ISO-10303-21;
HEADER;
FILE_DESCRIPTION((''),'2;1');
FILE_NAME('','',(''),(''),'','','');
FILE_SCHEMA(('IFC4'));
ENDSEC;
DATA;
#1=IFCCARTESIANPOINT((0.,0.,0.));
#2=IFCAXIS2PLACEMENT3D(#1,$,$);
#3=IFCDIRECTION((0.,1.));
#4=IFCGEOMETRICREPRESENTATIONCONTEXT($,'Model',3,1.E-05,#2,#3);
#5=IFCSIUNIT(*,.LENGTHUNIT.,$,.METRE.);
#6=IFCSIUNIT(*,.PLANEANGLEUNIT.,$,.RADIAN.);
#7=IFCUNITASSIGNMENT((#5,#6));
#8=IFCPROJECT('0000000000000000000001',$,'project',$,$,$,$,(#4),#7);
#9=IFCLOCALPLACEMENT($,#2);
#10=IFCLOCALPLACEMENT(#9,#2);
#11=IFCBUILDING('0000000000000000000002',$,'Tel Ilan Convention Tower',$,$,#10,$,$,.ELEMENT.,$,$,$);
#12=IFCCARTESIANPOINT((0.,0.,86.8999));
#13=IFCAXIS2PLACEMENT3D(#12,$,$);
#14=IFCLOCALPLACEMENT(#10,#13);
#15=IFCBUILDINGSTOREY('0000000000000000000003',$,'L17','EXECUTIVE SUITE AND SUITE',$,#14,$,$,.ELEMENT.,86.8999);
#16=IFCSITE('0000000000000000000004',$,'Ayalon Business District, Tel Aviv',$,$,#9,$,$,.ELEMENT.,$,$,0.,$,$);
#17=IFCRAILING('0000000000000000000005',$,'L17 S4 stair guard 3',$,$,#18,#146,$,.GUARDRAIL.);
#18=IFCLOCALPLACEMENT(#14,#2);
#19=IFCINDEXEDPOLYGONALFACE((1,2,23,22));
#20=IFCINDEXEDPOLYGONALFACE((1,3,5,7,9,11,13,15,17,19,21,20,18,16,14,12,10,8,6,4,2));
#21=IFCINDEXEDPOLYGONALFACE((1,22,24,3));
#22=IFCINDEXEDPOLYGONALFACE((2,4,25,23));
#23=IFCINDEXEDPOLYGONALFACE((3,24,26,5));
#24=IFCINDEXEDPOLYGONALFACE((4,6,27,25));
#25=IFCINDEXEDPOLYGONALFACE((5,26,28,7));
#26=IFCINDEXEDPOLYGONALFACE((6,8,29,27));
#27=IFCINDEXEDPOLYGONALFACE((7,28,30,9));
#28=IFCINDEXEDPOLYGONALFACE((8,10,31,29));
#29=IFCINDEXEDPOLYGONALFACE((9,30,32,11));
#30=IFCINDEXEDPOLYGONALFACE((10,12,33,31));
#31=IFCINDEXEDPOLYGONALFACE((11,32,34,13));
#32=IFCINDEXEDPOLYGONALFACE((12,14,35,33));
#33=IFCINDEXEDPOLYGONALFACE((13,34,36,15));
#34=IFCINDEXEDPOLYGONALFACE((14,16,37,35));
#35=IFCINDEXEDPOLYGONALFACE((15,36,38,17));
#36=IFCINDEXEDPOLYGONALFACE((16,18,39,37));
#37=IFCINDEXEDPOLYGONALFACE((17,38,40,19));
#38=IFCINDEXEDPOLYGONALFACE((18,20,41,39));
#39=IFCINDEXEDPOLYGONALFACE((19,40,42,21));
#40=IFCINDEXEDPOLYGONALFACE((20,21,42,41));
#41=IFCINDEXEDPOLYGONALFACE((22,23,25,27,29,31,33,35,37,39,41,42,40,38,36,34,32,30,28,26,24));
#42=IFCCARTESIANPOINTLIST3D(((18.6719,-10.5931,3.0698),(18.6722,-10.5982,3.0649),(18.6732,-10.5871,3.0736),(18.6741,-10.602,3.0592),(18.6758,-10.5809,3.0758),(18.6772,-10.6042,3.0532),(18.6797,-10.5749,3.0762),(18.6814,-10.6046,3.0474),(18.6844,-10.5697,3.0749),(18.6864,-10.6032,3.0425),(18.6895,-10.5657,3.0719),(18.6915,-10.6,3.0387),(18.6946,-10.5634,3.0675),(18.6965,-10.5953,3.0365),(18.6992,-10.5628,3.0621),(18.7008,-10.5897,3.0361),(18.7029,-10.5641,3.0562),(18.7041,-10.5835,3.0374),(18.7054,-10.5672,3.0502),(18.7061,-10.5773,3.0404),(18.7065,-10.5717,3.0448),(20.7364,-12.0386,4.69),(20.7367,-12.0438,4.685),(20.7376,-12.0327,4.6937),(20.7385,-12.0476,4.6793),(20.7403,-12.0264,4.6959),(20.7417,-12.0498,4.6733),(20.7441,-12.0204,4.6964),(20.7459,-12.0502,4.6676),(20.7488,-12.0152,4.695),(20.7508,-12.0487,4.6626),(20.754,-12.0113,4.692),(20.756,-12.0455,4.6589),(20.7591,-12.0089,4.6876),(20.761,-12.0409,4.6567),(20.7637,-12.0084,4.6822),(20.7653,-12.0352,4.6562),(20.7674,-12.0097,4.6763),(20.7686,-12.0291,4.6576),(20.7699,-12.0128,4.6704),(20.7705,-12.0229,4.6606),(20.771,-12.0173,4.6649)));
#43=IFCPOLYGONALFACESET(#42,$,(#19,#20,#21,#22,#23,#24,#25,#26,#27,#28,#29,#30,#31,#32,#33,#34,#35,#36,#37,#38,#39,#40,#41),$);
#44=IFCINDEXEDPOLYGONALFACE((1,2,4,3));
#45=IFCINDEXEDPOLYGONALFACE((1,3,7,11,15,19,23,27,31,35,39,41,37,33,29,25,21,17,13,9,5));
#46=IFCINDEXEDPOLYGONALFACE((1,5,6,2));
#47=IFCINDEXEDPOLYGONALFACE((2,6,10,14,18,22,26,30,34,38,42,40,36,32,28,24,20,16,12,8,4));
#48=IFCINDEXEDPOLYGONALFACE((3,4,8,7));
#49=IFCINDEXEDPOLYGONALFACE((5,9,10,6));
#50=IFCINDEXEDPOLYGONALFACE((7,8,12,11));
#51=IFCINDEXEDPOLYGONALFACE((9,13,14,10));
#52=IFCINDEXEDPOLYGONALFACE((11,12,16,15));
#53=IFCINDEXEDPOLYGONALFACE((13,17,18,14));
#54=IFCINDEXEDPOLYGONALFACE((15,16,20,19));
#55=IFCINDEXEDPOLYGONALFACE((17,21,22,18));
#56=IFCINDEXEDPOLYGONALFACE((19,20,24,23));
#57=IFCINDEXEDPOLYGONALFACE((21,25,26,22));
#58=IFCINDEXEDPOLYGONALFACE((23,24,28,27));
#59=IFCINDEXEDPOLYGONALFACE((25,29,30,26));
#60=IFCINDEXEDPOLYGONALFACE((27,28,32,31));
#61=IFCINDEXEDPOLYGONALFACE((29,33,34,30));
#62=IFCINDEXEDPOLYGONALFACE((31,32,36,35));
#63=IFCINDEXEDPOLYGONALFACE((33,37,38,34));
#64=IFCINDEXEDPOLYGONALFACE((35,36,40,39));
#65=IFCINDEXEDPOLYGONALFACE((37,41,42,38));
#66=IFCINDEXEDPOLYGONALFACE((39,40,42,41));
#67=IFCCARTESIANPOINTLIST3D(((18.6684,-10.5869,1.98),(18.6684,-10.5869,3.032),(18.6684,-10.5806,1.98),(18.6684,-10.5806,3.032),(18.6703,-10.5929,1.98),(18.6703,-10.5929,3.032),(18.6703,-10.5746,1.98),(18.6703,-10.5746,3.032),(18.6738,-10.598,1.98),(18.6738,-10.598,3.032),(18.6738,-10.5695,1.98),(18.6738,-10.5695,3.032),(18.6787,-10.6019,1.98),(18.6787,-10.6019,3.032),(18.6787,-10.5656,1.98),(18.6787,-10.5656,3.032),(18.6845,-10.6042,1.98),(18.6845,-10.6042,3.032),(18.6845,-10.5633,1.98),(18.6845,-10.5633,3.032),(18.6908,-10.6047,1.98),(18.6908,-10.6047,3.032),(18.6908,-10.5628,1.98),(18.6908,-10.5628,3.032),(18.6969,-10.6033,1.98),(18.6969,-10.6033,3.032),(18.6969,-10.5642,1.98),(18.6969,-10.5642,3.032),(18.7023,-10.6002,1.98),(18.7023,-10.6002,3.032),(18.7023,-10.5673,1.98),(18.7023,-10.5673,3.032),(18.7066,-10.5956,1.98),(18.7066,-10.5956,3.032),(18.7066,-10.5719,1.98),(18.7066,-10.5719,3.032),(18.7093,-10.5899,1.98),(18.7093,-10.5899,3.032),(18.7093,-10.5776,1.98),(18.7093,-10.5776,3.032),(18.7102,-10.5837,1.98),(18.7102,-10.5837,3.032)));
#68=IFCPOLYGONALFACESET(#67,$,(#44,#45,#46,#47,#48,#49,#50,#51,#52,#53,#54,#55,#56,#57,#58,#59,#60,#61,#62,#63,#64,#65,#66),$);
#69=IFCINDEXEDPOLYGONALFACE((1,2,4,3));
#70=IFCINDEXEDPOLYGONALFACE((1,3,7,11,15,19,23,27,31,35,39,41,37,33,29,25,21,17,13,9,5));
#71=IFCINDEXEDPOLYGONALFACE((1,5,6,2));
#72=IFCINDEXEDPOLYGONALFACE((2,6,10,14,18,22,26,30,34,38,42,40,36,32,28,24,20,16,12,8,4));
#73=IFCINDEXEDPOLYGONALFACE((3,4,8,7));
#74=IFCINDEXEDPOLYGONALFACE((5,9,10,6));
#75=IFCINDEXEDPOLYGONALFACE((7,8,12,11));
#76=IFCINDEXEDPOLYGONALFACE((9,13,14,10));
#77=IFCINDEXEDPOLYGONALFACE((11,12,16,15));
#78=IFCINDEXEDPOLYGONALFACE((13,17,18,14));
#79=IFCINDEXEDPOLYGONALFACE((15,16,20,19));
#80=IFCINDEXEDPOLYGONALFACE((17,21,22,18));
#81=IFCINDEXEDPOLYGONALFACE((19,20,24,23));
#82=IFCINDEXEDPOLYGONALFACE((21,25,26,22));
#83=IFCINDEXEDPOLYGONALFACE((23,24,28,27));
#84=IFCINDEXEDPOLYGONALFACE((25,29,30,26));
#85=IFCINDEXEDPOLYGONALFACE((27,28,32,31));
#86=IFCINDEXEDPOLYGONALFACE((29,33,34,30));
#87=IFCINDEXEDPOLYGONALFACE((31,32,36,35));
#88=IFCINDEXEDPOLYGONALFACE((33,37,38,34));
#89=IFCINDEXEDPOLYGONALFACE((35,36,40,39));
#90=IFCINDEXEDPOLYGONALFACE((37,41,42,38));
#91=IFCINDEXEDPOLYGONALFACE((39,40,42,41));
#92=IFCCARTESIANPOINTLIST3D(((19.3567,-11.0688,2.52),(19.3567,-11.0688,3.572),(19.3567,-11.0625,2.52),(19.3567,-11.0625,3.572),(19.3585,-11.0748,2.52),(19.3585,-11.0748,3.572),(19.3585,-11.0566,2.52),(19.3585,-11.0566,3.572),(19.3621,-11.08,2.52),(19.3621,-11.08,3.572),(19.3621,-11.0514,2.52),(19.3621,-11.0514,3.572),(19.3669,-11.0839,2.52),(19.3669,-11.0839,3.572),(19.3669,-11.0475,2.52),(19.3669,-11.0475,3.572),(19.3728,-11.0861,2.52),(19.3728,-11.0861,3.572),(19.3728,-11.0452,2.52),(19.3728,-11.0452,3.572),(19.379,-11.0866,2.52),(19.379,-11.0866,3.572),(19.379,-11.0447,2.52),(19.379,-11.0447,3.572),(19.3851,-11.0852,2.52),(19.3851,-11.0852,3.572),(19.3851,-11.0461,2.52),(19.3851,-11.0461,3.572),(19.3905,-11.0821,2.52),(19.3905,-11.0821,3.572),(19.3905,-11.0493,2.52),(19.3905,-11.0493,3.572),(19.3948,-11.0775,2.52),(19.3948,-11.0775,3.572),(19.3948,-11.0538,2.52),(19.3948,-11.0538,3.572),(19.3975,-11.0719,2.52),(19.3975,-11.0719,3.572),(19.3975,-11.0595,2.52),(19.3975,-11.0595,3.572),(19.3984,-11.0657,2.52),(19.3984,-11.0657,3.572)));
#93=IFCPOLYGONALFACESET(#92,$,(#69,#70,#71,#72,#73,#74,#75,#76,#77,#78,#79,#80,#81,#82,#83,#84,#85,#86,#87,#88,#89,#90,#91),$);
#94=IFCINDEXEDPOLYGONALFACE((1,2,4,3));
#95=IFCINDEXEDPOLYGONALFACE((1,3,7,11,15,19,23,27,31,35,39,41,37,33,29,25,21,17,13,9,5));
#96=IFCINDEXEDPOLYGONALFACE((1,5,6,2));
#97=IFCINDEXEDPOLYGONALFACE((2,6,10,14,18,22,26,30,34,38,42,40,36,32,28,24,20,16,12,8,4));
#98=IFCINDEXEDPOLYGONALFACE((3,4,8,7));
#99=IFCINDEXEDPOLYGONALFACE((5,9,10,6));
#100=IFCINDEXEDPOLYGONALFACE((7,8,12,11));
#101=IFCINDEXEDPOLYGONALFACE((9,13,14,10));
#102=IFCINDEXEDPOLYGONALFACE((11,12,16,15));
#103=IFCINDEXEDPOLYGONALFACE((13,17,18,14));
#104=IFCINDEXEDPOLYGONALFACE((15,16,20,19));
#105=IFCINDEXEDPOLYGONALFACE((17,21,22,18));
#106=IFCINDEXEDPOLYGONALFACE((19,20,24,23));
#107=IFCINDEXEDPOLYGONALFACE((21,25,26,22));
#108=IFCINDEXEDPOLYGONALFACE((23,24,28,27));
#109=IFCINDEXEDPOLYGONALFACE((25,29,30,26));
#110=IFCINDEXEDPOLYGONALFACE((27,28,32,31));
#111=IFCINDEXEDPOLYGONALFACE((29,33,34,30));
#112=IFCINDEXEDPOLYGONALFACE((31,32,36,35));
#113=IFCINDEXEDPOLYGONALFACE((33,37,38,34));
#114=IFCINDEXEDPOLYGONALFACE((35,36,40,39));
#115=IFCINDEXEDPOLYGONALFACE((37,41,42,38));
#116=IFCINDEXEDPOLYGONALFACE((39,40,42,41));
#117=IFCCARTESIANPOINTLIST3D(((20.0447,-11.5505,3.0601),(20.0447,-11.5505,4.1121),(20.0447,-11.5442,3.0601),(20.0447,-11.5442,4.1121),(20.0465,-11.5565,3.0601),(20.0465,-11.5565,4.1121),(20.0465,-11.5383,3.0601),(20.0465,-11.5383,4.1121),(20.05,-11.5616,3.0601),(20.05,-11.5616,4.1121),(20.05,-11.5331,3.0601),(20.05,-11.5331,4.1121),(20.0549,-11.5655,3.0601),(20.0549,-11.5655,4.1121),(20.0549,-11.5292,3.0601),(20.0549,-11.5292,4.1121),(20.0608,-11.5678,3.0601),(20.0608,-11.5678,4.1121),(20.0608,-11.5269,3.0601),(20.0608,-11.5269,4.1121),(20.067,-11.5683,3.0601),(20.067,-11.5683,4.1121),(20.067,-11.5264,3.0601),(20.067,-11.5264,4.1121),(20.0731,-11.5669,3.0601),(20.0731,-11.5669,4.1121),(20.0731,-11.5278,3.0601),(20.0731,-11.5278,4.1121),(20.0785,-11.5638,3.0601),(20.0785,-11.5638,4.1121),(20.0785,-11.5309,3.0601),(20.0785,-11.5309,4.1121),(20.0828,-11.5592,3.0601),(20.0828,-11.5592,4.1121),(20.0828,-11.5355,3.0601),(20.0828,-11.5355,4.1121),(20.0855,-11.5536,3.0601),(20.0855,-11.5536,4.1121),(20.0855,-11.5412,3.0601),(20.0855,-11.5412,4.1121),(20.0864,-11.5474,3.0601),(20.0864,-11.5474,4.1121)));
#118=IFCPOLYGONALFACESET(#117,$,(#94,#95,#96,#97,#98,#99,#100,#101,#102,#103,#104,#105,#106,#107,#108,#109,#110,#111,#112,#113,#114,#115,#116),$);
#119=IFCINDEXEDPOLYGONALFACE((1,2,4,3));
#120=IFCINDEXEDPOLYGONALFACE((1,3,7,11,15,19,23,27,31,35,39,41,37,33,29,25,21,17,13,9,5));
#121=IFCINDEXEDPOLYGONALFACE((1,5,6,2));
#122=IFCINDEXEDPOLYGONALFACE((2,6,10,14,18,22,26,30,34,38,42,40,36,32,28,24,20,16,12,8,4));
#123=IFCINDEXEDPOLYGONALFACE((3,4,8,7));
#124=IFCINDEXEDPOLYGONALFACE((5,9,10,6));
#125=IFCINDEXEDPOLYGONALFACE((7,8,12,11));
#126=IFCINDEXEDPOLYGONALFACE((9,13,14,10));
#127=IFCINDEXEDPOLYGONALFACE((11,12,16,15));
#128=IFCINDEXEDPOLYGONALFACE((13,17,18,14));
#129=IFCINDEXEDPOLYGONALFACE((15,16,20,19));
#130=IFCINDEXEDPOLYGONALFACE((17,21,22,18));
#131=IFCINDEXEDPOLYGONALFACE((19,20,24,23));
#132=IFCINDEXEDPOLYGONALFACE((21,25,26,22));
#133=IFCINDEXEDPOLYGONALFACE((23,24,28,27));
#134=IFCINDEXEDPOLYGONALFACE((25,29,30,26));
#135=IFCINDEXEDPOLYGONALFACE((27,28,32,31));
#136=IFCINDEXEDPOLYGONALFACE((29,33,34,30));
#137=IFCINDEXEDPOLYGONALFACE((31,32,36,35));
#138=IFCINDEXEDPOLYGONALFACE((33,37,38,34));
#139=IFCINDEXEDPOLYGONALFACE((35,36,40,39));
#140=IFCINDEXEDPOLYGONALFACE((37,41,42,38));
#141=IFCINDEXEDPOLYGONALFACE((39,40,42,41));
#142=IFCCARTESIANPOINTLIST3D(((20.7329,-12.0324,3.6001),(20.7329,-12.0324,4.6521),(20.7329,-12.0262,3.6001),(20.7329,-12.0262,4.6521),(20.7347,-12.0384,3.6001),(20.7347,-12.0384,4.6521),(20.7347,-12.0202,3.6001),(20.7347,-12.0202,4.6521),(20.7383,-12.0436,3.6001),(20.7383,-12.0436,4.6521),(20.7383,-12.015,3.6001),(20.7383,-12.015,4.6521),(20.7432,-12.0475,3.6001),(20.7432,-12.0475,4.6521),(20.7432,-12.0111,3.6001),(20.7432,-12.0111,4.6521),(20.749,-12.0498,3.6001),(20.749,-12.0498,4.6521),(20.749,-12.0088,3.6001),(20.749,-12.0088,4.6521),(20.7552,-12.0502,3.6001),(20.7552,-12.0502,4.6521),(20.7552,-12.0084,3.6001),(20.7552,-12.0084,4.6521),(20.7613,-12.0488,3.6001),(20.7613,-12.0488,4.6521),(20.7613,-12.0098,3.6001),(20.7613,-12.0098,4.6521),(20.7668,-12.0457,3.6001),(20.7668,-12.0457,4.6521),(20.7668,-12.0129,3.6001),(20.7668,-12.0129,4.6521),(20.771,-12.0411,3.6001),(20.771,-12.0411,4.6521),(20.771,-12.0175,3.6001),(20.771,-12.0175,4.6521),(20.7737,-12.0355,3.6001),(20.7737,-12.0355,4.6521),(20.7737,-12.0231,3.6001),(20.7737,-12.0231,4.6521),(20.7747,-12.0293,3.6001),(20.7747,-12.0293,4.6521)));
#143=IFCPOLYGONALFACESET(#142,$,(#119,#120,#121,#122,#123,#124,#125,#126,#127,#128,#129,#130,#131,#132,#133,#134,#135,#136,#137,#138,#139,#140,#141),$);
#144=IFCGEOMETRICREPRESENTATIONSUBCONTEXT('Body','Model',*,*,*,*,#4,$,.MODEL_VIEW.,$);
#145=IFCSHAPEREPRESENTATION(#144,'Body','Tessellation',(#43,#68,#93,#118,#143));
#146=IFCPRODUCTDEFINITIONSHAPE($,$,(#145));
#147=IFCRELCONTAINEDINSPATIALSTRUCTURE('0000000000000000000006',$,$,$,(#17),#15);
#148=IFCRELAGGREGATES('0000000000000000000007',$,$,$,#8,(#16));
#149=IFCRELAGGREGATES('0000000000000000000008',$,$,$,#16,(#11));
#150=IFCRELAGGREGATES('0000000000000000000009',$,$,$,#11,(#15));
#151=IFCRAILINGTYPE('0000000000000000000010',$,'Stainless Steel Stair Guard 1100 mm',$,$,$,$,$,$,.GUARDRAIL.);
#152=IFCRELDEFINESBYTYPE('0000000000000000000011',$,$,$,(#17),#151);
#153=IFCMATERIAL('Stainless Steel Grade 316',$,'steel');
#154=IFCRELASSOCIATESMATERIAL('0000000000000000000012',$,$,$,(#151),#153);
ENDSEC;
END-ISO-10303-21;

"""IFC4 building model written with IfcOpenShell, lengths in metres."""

from ifc_helpers import new_model, si_unit, direction, frame, origin, origin_2d, place, context, subcontext, project, spatial, circle, extrude, material, type_object, element, save


model = new_model("IFC4")

# Units and contexts
model_context = context("Model", 3, precision=1e-05, world=origin(), true_north=direction((0.0, 1.0)))
body_context = subcontext(model_context, "Body", "Model", "MODEL_VIEW")
ifc_project = project(units=[si_unit("LENGTHUNIT", "METRE"), si_unit("PLANEANGLEUNIT", "RADIAN")], contexts=[model_context])

# Site, building, storey
site_placement = place(None, origin())
site = spatial("IfcSite", under=ifc_project, at=site_placement, Name="Ayalon Business District, Tel Aviv", CompositionType="ELEMENT", RefElevation=0.0)
building_placement = place(site_placement, origin())
building = spatial("IfcBuilding", under=site, at=building_placement, Name="Tel Ilan Convention Tower", CompositionType="ELEMENT")
storey_placement = place(building_placement, frame((0.0, 0.0, 86.8999)))
storey = spatial("IfcBuildingStorey", under=building, at=storey_placement, Name="L17", Description="EXECUTIVE SUITE AND SUITE", CompositionType="ELEMENT", Elevation=86.8999)

# Railing
ifc_material_1 = material(Name="Stainless Steel Grade 316", Category="steel")
railing_type_1 = type_object("IfcRailingType", Name="Stainless Steel Stair Guard 1100 mm", PredefinedType="GUARDRAIL", material=ifc_material_1)
railing_1_placement = place(storey_placement, frame((18.6892, -10.5837, 1.98)))
element("IfcRailing", 1, at=railing_1_placement, inside=storey, type_object=railing_type_1, Name="L17 S4 stair guard 3", PredefinedType="GUARDRAIL", context=body_context, shape_type="SweptSolid", body=[
    extrude(circle(Radius=0.0239, at=origin_2d()), frame((0.0, 0.0, 1.0762), z_axis=(0.689056, -0.482486, 0.540749), x_axis=(0.573579, 0.81915, 0.0)), (0.0, 0.0, 1.0), 2.9961),
    extrude(circle(Radius=0.021, at=origin_2d()), origin(), (0.0, 0.0, 1.0), 1.052),
    extrude(circle(Radius=0.021, at=origin_2d()), frame((0.6882, -0.4819, 0.54)), (0.0, 0.0, 1.0), 1.052),
    extrude(circle(Radius=0.021, at=origin_2d()), frame((1.3762, -0.9636, 1.0801)), (0.0, 0.0, 1.0), 1.052),
    extrude(circle(Radius=0.021, at=origin_2d()), frame((2.0645, -1.4456, 1.6201)), (0.0, 0.0, 1.0), 1.052),
])

save(model, "model.ifc")
